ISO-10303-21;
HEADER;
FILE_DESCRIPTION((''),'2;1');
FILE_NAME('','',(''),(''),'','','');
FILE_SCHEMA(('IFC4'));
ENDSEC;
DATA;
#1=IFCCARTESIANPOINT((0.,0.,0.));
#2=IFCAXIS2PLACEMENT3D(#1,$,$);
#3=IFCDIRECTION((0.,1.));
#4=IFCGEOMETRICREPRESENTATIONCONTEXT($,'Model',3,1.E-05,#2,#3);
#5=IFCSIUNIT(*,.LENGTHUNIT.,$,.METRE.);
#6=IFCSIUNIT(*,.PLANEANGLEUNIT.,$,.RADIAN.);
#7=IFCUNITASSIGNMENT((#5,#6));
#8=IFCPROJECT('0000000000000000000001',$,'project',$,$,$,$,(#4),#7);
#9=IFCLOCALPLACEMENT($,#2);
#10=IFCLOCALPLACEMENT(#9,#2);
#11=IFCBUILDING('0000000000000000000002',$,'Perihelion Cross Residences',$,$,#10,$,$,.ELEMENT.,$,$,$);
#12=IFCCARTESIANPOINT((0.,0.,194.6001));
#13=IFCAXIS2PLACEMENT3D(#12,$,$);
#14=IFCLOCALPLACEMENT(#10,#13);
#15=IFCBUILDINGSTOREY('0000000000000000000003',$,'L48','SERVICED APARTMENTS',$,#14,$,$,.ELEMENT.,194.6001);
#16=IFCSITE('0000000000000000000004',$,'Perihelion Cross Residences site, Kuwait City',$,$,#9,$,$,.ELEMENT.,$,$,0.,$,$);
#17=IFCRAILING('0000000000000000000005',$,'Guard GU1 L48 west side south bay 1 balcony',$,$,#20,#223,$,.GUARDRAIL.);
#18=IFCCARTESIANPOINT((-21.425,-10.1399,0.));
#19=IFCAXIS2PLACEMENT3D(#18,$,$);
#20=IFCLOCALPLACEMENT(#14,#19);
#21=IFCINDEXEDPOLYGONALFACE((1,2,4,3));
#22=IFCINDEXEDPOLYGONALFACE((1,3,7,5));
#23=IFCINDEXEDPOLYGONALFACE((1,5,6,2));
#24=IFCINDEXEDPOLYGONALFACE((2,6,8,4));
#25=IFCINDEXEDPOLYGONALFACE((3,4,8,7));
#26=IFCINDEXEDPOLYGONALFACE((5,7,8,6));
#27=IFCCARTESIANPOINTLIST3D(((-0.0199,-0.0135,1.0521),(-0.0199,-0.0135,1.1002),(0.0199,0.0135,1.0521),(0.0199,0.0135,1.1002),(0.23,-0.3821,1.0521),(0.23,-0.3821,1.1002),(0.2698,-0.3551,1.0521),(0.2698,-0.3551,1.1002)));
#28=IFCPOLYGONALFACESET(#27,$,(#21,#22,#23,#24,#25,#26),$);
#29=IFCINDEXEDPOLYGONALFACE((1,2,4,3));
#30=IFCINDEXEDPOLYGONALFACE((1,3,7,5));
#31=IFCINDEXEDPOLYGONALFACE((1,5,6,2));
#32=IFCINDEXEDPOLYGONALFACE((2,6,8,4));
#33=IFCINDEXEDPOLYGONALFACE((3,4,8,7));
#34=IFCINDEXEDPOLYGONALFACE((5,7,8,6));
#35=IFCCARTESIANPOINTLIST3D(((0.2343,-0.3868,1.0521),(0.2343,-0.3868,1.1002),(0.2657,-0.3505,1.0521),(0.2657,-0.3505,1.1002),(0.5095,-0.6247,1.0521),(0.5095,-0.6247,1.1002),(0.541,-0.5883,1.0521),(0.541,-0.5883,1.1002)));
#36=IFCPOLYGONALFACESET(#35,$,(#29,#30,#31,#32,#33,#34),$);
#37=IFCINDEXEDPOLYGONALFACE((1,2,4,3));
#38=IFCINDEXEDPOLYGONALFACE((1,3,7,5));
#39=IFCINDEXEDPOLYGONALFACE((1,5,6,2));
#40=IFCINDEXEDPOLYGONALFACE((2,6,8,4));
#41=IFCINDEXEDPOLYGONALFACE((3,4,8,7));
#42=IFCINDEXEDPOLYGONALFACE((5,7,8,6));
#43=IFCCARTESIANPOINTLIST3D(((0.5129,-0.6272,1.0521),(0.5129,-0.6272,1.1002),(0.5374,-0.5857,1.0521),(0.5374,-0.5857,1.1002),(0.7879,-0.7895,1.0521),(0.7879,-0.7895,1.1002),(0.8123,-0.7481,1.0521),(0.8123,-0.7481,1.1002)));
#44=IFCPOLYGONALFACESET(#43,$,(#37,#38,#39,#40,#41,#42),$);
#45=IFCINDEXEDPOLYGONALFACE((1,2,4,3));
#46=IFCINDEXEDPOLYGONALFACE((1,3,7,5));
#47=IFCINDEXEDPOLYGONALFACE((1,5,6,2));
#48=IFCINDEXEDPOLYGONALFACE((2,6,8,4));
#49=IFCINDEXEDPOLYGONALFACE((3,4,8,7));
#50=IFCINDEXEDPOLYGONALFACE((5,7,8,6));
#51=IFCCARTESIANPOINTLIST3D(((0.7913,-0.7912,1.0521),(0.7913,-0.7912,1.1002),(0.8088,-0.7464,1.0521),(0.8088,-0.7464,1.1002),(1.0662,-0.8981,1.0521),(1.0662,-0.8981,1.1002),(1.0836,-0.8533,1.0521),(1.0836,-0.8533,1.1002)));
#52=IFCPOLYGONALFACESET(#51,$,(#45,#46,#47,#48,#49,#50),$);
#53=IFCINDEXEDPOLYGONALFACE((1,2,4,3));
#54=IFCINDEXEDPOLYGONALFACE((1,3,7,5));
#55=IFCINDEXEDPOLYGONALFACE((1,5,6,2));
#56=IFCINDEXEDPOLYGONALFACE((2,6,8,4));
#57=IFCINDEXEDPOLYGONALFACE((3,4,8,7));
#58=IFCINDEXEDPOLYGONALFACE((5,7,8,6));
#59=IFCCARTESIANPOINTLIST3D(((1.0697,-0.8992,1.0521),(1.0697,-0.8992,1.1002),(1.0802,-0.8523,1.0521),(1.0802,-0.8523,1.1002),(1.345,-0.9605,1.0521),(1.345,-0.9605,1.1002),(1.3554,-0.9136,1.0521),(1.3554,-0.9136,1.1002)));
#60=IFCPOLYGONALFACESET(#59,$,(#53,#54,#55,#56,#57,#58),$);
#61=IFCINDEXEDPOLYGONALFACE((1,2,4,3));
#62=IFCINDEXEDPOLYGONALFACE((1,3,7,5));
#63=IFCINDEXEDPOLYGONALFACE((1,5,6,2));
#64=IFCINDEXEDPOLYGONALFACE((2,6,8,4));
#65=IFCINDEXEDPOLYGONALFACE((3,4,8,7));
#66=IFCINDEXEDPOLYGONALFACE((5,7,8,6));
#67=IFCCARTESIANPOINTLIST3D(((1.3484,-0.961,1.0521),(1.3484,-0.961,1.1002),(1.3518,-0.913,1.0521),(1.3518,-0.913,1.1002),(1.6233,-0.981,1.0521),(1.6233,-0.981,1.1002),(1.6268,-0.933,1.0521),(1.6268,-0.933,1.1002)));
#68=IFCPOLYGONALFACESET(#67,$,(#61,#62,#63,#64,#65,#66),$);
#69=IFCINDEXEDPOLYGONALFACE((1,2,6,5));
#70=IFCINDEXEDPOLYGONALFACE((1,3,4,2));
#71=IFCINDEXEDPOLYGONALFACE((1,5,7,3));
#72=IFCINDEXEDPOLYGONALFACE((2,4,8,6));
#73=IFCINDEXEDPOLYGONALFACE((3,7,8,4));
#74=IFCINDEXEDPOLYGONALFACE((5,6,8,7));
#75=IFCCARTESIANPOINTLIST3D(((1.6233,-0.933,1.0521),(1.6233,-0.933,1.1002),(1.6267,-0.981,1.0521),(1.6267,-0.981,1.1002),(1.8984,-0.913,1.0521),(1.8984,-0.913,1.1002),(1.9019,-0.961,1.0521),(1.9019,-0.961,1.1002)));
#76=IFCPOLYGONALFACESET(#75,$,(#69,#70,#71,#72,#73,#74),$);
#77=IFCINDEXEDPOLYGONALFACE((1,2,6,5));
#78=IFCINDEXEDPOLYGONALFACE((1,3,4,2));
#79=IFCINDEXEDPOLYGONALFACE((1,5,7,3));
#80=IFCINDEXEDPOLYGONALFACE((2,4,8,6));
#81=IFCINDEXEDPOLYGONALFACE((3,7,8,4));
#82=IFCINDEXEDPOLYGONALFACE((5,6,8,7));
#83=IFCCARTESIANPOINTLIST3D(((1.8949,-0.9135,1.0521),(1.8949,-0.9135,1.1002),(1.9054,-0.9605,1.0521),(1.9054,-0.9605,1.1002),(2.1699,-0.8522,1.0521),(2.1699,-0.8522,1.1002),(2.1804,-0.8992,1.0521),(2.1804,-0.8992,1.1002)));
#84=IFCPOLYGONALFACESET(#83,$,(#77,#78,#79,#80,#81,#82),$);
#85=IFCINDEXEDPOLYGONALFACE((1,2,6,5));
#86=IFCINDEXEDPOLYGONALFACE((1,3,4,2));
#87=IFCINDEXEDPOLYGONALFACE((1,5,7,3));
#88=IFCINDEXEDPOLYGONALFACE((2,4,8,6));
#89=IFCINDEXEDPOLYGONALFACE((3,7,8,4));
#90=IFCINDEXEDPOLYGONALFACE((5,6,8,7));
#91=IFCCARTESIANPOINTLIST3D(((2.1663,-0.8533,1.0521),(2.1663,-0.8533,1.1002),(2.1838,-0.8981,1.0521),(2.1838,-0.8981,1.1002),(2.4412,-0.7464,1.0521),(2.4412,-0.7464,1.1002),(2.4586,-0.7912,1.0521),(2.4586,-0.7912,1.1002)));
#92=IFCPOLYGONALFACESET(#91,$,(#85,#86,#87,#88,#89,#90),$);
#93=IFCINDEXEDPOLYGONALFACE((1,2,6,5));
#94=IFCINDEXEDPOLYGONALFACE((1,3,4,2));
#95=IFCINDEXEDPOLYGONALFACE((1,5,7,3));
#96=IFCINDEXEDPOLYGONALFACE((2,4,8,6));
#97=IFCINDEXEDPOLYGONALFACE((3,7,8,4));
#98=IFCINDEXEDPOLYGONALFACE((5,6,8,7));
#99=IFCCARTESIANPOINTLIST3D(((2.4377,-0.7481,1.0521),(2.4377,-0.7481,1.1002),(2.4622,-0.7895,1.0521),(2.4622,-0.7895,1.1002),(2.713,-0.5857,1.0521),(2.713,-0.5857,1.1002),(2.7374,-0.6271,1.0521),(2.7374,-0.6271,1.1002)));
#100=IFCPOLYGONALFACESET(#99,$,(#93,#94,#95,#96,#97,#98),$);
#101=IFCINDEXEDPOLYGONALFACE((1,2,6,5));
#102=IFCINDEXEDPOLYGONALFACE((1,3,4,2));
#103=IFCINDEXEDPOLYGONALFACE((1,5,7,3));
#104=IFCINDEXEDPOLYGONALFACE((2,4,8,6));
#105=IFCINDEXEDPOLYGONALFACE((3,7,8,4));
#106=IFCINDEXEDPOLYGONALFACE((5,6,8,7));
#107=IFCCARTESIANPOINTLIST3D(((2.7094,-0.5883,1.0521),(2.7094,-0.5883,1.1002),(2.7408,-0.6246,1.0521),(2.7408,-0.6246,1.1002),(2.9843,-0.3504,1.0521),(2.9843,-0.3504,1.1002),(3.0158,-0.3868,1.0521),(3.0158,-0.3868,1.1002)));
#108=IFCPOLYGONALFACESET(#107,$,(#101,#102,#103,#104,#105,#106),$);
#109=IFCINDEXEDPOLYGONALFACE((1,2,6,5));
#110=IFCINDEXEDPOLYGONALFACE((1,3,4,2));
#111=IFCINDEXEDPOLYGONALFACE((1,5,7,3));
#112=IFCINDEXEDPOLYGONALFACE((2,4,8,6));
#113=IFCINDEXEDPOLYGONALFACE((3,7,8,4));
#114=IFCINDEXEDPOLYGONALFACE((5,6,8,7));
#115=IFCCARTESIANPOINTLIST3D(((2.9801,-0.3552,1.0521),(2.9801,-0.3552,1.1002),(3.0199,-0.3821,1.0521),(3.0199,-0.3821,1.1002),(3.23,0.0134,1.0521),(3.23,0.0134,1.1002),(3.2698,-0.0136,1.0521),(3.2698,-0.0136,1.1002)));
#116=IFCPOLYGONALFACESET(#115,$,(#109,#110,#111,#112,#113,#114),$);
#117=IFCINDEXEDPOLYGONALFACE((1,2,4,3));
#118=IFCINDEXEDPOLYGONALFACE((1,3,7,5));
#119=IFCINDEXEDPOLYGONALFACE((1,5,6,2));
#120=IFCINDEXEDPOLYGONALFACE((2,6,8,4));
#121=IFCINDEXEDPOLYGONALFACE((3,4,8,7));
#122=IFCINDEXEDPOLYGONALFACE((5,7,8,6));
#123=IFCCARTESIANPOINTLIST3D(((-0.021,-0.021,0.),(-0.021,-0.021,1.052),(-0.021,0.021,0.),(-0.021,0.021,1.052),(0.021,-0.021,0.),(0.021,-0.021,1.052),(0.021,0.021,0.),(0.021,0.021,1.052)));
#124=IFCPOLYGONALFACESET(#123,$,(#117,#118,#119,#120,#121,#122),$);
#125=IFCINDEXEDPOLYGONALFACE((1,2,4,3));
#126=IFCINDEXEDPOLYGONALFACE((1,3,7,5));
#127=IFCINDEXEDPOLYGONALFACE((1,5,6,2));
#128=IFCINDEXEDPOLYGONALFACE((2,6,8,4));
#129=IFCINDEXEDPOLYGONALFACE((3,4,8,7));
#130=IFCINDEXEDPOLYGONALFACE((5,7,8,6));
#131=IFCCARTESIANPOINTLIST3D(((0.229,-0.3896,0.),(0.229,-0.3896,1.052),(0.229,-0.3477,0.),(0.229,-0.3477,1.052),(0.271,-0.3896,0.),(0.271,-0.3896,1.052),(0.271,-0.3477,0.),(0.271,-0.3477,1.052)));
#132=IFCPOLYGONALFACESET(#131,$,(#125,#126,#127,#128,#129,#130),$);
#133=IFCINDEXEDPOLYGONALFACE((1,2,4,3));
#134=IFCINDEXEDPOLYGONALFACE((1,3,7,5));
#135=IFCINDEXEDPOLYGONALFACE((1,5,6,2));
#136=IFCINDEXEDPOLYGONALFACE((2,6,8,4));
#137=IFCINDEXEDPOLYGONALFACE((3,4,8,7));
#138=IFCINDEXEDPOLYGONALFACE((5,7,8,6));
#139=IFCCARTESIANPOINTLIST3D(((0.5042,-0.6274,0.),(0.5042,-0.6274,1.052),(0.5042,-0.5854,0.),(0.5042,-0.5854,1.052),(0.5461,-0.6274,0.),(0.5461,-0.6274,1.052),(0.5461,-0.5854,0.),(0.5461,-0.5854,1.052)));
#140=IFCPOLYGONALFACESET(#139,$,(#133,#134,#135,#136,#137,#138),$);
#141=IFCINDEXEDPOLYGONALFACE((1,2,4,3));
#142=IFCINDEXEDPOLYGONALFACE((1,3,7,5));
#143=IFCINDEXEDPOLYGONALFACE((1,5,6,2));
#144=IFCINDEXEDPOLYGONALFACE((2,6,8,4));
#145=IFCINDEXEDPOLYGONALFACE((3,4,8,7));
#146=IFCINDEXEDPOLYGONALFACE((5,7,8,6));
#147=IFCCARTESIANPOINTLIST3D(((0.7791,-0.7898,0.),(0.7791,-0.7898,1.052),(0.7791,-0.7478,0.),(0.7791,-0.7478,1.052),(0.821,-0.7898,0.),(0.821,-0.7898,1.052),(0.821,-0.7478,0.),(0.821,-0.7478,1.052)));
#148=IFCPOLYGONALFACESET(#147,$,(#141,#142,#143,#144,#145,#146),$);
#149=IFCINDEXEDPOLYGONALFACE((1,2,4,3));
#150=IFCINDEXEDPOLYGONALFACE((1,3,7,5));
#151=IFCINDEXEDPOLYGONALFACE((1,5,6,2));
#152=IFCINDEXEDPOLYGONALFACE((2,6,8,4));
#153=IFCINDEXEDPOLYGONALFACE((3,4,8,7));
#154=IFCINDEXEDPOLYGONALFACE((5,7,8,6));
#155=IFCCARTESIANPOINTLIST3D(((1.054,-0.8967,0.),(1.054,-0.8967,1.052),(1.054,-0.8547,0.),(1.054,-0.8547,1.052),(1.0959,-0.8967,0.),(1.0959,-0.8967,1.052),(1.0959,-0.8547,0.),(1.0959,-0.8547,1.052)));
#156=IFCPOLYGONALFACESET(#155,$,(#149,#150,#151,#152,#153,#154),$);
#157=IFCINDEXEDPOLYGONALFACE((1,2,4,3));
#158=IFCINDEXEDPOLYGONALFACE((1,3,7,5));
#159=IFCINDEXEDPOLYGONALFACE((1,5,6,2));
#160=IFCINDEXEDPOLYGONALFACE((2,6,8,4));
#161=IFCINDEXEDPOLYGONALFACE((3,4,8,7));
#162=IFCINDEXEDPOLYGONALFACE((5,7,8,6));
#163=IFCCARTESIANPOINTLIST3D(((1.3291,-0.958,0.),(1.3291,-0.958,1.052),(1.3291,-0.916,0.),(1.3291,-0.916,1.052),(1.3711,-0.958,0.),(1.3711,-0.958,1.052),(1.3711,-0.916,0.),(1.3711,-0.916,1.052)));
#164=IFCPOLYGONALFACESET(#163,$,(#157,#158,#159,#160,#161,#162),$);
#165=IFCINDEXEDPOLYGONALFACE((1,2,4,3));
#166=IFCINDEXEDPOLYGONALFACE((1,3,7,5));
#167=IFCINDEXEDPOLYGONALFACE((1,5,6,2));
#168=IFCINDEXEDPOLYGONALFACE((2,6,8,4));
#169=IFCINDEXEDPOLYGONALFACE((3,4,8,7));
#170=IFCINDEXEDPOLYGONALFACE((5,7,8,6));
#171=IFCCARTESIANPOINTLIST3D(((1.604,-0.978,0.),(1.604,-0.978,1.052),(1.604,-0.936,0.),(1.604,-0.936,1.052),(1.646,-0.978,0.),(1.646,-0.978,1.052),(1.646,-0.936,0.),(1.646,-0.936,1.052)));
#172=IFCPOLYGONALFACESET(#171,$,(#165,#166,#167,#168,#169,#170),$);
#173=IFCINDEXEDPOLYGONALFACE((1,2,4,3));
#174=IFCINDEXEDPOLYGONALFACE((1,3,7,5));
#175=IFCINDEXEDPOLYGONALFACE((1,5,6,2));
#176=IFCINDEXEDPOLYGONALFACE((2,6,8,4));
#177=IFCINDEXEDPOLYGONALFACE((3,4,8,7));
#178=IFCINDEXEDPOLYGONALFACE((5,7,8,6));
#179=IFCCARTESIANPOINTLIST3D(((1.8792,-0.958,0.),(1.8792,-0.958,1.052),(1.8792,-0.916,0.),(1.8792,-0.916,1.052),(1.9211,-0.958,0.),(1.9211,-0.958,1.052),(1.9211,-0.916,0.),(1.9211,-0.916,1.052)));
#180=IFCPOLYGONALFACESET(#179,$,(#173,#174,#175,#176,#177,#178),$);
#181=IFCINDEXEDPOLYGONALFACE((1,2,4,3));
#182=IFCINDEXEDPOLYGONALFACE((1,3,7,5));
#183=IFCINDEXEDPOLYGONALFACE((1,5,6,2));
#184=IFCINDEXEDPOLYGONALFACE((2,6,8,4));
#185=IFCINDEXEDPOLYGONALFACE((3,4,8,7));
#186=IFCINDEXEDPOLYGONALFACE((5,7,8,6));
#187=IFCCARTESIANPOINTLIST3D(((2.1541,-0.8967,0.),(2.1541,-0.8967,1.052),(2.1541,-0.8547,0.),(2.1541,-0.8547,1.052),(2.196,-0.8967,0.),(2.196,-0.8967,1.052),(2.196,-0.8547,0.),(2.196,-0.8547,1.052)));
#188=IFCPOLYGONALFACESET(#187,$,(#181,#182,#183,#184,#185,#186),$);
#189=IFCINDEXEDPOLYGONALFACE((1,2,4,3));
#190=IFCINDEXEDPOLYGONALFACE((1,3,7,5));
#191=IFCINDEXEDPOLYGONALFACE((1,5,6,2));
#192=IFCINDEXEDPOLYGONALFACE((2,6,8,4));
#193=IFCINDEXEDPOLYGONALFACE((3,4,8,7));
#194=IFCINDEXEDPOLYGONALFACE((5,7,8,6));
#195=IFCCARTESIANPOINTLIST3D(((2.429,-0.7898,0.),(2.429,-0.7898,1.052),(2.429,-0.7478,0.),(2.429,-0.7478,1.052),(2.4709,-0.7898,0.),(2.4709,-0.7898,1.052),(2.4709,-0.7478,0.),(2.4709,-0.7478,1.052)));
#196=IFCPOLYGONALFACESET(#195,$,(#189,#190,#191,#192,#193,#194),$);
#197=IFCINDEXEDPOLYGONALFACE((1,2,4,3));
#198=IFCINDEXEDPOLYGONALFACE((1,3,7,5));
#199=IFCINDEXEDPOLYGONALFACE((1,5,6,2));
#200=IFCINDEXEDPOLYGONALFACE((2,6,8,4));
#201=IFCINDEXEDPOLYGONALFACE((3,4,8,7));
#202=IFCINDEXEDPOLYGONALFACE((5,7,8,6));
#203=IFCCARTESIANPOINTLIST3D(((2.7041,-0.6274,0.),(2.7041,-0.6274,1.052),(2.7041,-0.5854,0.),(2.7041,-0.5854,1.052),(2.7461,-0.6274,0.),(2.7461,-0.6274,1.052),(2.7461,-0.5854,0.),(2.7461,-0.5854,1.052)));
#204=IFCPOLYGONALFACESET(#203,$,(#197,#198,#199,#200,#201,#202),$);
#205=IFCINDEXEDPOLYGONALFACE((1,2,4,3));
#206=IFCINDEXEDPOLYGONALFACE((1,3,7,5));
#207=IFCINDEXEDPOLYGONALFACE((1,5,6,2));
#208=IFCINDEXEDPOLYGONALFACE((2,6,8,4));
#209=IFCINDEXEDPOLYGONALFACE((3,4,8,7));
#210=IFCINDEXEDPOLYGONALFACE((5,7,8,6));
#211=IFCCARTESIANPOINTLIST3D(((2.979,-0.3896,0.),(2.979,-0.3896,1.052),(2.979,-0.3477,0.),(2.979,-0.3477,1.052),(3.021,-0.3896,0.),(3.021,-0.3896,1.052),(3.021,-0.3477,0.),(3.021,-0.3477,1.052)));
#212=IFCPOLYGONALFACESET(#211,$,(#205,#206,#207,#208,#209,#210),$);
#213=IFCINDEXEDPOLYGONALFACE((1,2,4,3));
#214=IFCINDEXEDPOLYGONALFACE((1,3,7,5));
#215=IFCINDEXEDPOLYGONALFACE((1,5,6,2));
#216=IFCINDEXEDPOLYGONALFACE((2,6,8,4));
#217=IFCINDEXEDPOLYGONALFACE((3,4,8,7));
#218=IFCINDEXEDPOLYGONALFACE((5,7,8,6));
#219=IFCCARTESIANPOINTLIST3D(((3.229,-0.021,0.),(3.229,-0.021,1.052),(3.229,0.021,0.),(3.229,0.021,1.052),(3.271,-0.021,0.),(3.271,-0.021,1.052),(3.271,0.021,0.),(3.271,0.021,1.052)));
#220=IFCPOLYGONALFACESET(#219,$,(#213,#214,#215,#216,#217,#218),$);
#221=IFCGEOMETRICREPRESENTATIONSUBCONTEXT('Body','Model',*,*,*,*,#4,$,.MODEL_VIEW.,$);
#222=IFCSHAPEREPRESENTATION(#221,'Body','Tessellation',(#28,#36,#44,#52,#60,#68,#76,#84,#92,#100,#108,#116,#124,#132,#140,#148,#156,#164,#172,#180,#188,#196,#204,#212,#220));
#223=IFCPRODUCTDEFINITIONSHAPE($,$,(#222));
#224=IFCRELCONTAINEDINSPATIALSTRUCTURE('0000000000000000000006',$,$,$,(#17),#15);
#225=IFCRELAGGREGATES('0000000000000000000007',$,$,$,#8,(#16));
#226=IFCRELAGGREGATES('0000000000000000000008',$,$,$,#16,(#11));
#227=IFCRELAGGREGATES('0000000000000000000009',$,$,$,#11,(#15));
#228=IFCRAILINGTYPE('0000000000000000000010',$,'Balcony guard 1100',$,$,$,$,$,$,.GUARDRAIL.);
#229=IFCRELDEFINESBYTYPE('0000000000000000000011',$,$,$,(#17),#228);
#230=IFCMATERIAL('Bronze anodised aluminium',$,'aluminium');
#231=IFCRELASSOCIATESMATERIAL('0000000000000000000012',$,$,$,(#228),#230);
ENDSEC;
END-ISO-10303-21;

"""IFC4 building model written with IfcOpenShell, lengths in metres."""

from ifc_helpers import new_model, si_unit, direction, frame, origin, origin_2d, place, context, subcontext, project, spatial, rectangle, extrude, material, type_object, element, save


model = new_model("IFC4")

# Units and contexts
model_context = context("Model", 3, precision=1e-05, world=origin(), true_north=direction((0.0, 1.0)))
body_context = subcontext(model_context, "Body", "Model", "MODEL_VIEW")
ifc_project = project(units=[si_unit("LENGTHUNIT", "METRE"), si_unit("PLANEANGLEUNIT", "RADIAN")], contexts=[model_context])

# Site, building, storey
site_placement = place(None, origin())
site = spatial("IfcSite", under=ifc_project, at=site_placement, Name="Perihelion Cross Residences site, Kuwait City", CompositionType="ELEMENT", RefElevation=0.0)
building_placement = place(site_placement, origin())
building = spatial("IfcBuilding", under=site, at=building_placement, Name="Perihelion Cross Residences", CompositionType="ELEMENT")
storey_placement = place(building_placement, frame((0.0, 0.0, 194.6001)))
storey = spatial("IfcBuildingStorey", under=building, at=storey_placement, Name="L48", Description="SERVICED APARTMENTS", CompositionType="ELEMENT", Elevation=194.6001)

# Railing
ifc_material_1 = material(Name="Bronze anodised aluminium", Category="aluminium")
railing_type_1 = type_object("IfcRailingType", Name="Balcony guard 1100", PredefinedType="GUARDRAIL", material=ifc_material_1)
railing_1_placement = place(storey_placement, frame((-21.425, -10.1399, 0.0)))
element("IfcRailing", 1, at=railing_1_placement, inside=storey, type_object=railing_type_1, Name="Guard GU1 L48 west side south bay 1 balcony", PredefinedType="GUARDRAIL", context=body_context, shape_type="SweptSolid", body=[
    extrude(rectangle(XDim=0.0481, YDim=0.0481, at=origin_2d()), frame((0.0, 0.0, 1.0762), z_axis=(0.56126, -0.827639, 0.0), x_axis=(0.827639, 0.56126, 0.0)), (0.0, 0.0, 1.0), 0.4453),
    extrude(rectangle(XDim=0.0481, YDim=0.0481, at=origin_2d()), frame((0.25, -0.3687, 1.0762), z_axis=(0.756597, -0.653882, 0.0), x_axis=(0.653882, 0.756597, 0.0)), (0.0, 0.0, 1.0), 0.3638),
    extrude(rectangle(XDim=0.0481, YDim=0.0481, at=origin_2d()), frame((0.5251, -0.6064, 1.0762), z_axis=(0.861048, -0.508523, 0.0), x_axis=(0.508523, 0.861048, 0.0)), (0.0, 0.0, 1.0), 0.3193),
    extrude(rectangle(XDim=0.0481, YDim=0.0481, at=origin_2d()), frame((0.8, -0.7688, 1.0762), z_axis=(0.931974, -0.362526, 0.0), x_axis=(0.362526, 0.931974, 0.0)), (0.0, 0.0, 1.0), 0.2949),
    extrude(rectangle(XDim=0.0481, YDim=0.0481, at=origin_2d()), frame((1.075, -0.8757, 1.0762), z_axis=(0.976085, -0.217389, 0.0), x_axis=(0.217389, 0.976085, 0.0)), (0.0, 0.0, 1.0), 0.282),
    extrude(rectangle(XDim=0.0481, YDim=0.0481, at=origin_2d()), frame((1.3501, -0.937, 1.0762), z_axis=(0.997359, -0.072632, 0.0), x_axis=(0.072632, 0.997359, 0.0)), (0.0, 0.0, 1.0), 0.2756),
    extrude(rectangle(XDim=0.0481, YDim=0.0481, at=origin_2d()), frame((1.625, -0.957, 1.0762), z_axis=(0.997363, 0.072568, 0.0), x_axis=(-0.072568, 0.997363, 0.0)), (0.0, 0.0, 1.0), 0.2759),
    extrude(rectangle(XDim=0.0481, YDim=0.0481, at=origin_2d()), frame((1.9001, -0.937, 1.0762), z_axis=(0.976044, 0.217573, 0.0), x_axis=(-0.217573, 0.976044, 0.0)), (0.0, 0.0, 1.0), 0.2817),
    extrude(rectangle(XDim=0.0481, YDim=0.0481, at=origin_2d()), frame((2.175, -0.8757, 1.0762), z_axis=(0.931974, 0.362526, 0.0), x_axis=(-0.362526, 0.931974, 0.0)), (0.0, 0.0, 1.0), 0.2949),
    extrude(rectangle(XDim=0.0481, YDim=0.0481, at=origin_2d()), frame((2.45, -0.7688, 1.0762), z_axis=(0.861246, 0.508189, 0.0), x_axis=(-0.508189, 0.861246, 0.0)), (0.0, 0.0, 1.0), 0.3196),
    extrude(rectangle(XDim=0.0481, YDim=0.0481, at=origin_2d()), frame((2.7251, -0.6064, 1.0762), z_axis=(0.756309, 0.654214, 0.0), x_axis=(-0.654214, 0.756309, 0.0)), (0.0, 0.0, 1.0), 0.3635),
    extrude(rectangle(XDim=0.0481, YDim=0.0481, at=origin_2d()), frame((3.0, -0.3687, 1.0762), z_axis=(0.56126, 0.827639, 0.0), x_axis=(-0.827639, 0.56126, 0.0)), (0.0, 0.0, 1.0), 0.4453),
    extrude(rectangle(XDim=0.042, YDim=0.042, at=origin_2d()), origin(), (0.0, 0.0, 1.0), 1.052),
    extrude(rectangle(XDim=0.042, YDim=0.042, at=origin_2d()), frame((0.25, -0.3687, 0.0)), (0.0, 0.0, 1.0), 1.052),
    extrude(rectangle(XDim=0.042, YDim=0.042, at=origin_2d()), frame((0.5251, -0.6064, 0.0)), (0.0, 0.0, 1.0), 1.052),
    extrude(rectangle(XDim=0.042, YDim=0.042, at=origin_2d()), frame((0.8, -0.7688, 0.0)), (0.0, 0.0, 1.0), 1.052),
    extrude(rectangle(XDim=0.042, YDim=0.042, at=origin_2d()), frame((1.075, -0.8757, 0.0)), (0.0, 0.0, 1.0), 1.052),
    extrude(rectangle(XDim=0.042, YDim=0.042, at=origin_2d()), frame((1.3501, -0.937, 0.0)), (0.0, 0.0, 1.0), 1.052),
    extrude(rectangle(XDim=0.042, YDim=0.042, at=origin_2d()), frame((1.625, -0.957, 0.0)), (0.0, 0.0, 1.0), 1.052),
    extrude(rectangle(XDim=0.042, YDim=0.042, at=origin_2d()), frame((1.9001, -0.937, 0.0)), (0.0, 0.0, 1.0), 1.052),
    extrude(rectangle(XDim=0.042, YDim=0.042, at=origin_2d()), frame((2.175, -0.8757, 0.0)), (0.0, 0.0, 1.0), 1.052),
    extrude(rectangle(XDim=0.042, YDim=0.042, at=origin_2d()), frame((2.45, -0.7688, 0.0)), (0.0, 0.0, 1.0), 1.052),
    extrude(rectangle(XDim=0.042, YDim=0.042, at=origin_2d()), frame((2.7251, -0.6064, 0.0)), (0.0, 0.0, 1.0), 1.052),
    extrude(rectangle(XDim=0.042, YDim=0.042, at=origin_2d()), frame((3.0, -0.3687, 0.0)), (0.0, 0.0, 1.0), 1.052),
    extrude(rectangle(XDim=0.042, YDim=0.042, at=origin_2d()), frame((3.25, 0.0, 0.0)), (0.0, 0.0, 1.0), 1.052),
])

save(model, "model.ifc")
